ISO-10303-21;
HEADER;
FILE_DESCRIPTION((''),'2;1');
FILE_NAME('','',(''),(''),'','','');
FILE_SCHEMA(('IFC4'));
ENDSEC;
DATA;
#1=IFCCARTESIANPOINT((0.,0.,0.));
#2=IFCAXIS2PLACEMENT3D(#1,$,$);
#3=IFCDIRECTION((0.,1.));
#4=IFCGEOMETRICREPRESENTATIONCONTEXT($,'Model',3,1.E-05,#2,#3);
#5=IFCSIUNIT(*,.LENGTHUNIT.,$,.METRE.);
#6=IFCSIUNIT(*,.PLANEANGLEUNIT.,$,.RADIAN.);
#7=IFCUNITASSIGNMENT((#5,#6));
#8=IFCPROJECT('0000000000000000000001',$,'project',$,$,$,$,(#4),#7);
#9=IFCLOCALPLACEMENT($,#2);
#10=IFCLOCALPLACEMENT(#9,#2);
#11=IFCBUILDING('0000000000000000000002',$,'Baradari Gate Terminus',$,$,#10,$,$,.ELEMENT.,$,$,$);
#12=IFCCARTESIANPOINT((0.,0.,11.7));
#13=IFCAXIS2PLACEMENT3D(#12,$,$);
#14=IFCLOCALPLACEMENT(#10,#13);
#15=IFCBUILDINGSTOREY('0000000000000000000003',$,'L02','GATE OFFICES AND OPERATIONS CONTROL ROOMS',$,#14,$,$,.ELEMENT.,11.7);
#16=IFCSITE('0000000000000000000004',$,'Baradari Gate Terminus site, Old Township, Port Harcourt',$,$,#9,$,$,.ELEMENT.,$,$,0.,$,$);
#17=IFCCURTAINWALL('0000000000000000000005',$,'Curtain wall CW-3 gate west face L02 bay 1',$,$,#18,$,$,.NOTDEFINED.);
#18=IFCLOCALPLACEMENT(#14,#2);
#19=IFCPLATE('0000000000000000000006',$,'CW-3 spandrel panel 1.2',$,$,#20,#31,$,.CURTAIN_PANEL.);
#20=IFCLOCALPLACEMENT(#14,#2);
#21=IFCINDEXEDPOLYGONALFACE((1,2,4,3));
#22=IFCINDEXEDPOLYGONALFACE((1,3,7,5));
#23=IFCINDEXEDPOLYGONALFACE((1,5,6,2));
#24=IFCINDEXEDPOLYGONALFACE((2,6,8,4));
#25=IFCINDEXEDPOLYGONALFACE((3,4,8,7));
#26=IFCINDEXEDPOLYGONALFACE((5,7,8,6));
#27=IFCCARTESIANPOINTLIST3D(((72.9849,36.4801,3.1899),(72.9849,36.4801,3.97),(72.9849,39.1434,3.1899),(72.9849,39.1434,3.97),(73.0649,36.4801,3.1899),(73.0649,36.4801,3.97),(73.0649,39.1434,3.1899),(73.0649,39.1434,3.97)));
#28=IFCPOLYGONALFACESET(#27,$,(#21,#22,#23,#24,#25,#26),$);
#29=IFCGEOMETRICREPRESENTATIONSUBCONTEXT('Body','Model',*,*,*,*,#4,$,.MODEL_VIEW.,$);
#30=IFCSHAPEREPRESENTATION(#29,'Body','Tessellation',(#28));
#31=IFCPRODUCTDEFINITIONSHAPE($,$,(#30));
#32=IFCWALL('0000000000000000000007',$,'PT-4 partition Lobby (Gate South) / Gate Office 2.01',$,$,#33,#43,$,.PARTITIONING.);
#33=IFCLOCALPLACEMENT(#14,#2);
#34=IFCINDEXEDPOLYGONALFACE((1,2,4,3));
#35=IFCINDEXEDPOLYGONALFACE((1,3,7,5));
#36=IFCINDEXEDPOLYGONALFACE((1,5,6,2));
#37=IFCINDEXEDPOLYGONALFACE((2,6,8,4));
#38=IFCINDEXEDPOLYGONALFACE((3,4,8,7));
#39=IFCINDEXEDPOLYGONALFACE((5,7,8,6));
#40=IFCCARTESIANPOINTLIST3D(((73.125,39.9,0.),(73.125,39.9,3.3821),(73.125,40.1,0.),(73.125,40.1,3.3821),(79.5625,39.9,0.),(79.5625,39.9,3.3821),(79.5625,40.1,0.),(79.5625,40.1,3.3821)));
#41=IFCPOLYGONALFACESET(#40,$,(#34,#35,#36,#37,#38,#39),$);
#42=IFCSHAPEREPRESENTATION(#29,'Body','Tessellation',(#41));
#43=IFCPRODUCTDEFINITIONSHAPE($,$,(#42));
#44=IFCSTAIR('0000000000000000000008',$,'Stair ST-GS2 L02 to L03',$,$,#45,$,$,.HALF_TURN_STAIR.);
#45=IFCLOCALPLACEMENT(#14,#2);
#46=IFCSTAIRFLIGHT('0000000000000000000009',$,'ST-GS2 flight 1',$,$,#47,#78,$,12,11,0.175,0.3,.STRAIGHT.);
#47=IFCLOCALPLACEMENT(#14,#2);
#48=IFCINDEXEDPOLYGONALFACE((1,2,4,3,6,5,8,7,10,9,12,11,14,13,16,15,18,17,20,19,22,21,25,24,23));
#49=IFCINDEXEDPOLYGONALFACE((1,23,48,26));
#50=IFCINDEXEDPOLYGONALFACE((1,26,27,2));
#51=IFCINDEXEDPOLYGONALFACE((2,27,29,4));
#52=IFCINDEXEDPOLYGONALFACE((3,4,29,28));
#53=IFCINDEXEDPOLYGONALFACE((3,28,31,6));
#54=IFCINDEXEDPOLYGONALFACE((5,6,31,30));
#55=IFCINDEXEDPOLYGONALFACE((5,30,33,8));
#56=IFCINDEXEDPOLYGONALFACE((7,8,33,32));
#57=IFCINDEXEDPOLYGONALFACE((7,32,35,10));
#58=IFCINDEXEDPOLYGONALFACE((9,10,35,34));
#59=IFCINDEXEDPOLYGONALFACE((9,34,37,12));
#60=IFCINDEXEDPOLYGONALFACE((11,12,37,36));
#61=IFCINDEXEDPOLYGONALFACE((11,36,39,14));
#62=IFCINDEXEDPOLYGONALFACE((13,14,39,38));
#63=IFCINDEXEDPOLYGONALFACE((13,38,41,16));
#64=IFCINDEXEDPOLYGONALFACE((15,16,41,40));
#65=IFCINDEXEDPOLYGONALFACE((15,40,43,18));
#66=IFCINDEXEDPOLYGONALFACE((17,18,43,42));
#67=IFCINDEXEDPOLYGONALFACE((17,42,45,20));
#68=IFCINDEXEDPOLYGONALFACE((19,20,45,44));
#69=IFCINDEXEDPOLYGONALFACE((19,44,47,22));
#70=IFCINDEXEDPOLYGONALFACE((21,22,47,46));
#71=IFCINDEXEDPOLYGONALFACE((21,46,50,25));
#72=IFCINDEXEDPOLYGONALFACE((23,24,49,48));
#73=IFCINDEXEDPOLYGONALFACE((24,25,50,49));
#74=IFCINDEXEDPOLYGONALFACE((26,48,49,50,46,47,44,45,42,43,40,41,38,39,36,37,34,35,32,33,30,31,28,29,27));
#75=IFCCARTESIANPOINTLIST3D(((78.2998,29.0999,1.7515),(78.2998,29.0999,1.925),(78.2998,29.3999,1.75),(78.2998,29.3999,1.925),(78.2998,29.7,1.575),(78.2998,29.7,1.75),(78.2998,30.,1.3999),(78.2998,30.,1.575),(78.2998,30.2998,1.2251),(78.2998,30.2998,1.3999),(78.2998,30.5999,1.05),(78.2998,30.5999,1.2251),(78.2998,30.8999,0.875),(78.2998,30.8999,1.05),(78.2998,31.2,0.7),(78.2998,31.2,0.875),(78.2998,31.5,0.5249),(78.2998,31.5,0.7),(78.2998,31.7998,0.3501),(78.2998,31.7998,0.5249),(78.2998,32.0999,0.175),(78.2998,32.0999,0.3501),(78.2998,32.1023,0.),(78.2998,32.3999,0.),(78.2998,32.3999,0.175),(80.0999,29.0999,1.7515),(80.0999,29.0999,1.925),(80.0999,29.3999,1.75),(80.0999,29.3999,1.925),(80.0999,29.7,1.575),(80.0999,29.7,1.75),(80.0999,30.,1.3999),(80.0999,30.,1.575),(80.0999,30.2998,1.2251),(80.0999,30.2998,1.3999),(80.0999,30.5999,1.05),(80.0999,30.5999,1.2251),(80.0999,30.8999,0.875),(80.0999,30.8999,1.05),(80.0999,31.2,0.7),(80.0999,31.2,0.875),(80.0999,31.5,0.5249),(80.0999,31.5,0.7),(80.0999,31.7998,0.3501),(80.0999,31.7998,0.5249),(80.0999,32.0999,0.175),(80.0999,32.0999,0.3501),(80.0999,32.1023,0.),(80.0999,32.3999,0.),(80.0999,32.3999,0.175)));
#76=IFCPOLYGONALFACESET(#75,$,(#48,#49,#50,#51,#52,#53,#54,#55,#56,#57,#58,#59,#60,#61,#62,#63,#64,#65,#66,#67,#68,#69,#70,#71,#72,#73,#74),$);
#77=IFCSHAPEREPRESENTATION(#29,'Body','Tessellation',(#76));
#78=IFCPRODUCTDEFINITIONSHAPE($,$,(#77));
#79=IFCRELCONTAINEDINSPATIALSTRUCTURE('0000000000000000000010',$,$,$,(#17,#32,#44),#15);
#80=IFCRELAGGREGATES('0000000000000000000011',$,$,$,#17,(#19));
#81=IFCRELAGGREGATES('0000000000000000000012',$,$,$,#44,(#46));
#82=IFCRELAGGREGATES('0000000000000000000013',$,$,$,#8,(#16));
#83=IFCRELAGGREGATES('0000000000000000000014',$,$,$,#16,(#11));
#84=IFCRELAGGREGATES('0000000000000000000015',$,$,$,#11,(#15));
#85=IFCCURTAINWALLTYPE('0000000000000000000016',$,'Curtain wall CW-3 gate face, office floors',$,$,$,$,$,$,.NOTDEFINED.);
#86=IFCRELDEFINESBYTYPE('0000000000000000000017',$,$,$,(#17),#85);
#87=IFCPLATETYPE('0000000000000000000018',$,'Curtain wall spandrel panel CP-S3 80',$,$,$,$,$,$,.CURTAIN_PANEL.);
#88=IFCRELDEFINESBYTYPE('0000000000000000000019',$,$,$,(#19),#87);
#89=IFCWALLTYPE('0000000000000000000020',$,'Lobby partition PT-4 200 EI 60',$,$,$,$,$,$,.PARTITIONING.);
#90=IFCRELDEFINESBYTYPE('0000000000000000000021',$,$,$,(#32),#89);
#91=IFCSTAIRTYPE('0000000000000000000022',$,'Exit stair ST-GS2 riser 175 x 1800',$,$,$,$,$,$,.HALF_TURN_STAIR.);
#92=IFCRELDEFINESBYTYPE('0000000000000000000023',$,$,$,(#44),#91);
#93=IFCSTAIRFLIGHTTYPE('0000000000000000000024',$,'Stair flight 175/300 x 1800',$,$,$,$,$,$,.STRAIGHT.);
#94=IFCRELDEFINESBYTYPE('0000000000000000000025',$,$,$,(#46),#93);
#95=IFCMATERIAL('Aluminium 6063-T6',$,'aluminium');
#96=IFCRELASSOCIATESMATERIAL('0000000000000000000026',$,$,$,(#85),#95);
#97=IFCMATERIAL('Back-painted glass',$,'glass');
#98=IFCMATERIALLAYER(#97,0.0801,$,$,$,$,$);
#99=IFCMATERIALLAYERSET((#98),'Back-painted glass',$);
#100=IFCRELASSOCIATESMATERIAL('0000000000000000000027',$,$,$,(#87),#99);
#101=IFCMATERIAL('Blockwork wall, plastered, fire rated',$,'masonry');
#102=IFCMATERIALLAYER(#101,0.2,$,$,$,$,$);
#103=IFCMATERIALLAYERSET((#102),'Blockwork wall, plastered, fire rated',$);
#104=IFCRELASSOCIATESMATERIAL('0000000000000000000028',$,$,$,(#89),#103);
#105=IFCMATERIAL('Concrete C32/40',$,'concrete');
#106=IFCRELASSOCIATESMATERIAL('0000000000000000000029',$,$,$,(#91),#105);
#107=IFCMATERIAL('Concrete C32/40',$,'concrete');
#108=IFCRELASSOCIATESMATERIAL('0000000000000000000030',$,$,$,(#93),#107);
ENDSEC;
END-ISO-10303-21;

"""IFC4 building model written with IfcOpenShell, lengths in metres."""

from ifc_helpers import new_model, si_unit, direction, frame, frame_2d, origin, origin_2d, place, context, subcontext, project, spatial, polyline, rectangle, outline, extrude, material, layer, layer_set, type_object, element, aggregate, save


model = new_model("IFC4")

# Units and contexts
model_context = context("Model", 3, precision=1e-05, world=origin(), true_north=direction((0.0, 1.0)))
body_context = subcontext(model_context, "Body", "Model", "MODEL_VIEW")
ifc_project = project(units=[si_unit("LENGTHUNIT", "METRE"), si_unit("PLANEANGLEUNIT", "RADIAN")], contexts=[model_context])

# Site, building, storey
site_placement = place(None, origin())
site = spatial("IfcSite", under=ifc_project, at=site_placement, Name="Baradari Gate Terminus site, Old Township, Port Harcourt", CompositionType="ELEMENT", RefElevation=0.0)
building_placement = place(site_placement, origin())
building = spatial("IfcBuilding", under=site, at=building_placement, Name="Baradari Gate Terminus", CompositionType="ELEMENT")
storey_placement = place(building_placement, frame((0.0, 0.0, 11.7)))
storey = spatial("IfcBuildingStorey", under=building, at=storey_placement, Name="L02", Description="GATE OFFICES AND OPERATIONS CONTROL ROOMS", CompositionType="ELEMENT", Elevation=11.7)

# Curtain wall
ifc_material_1 = material(Name="Aluminium 6063-T6", Category="aluminium")
curtain_wall_type = type_object("IfcCurtainWallType", Name="Curtain wall CW-3 gate face, office floors", PredefinedType="NOTDEFINED", material=ifc_material_1)
curtain_wall_placement = place(storey_placement, origin())
curtain_wall = element("IfcCurtainWall", 1, at=curtain_wall_placement, inside=storey, type_object=curtain_wall_type, Name="Curtain wall CW-3 gate west face L02 bay 1", PredefinedType="NOTDEFINED")

# Plate
ifc_material_2 = material(Name="Back-painted glass", Category="glass")
ifc_layer_1 = layer(ifc_material_2, 0.0801)
ifc_layer_set_1 = layer_set([ifc_layer_1], Name="Back-painted glass")
plate_type_1 = type_object("IfcPlateType", Name="Curtain wall spandrel panel CP-S3 80", PredefinedType="CURTAIN_PANEL", material=ifc_layer_set_1)
plate_1_placement = place(storey_placement, frame((73.0249, 37.8118, 3.1899), z_axis=(0.0, 0.0, 1.0), x_axis=(0.0, 1.0, 0.0)))
plate_1 = element("IfcPlate", 2, at=plate_1_placement, type_object=plate_type_1, Name="CW-3 spandrel panel 1.2", PredefinedType="CURTAIN_PANEL", context=body_context, shape_type="SweptSolid", body=[
    extrude(rectangle(XDim=2.6633, YDim=0.0801, at=origin_2d()), origin(), (0.0, 0.0, 1.0), 0.78),
])
aggregate(curtain_wall, [plate_1])

# Wall
ifc_material_3 = material(Name="Blockwork wall, plastered, fire rated", Category="masonry")
ifc_layer_2 = layer(ifc_material_3, 0.2)
ifc_layer_set_2 = layer_set([ifc_layer_2], Name="Blockwork wall, plastered, fire rated")
wall_type_1 = type_object("IfcWallType", Name="Lobby partition PT-4 200 EI 60", PredefinedType="PARTITIONING", material=ifc_layer_set_2)
wall_1_placement = place(storey_placement, frame((73.125, 40.0, 0.0), z_axis=(0.0, 0.0, 1.0), x_axis=(1.0, 0.0, 0.0)))
element("IfcWall", 3, at=wall_1_placement, inside=storey, type_object=wall_type_1, Name="PT-4 partition Lobby (Gate South) / Gate Office 2.01", PredefinedType="PARTITIONING", context=body_context, shape_type="SweptSolid", body=[
    extrude(rectangle(XDim=6.4375, YDim=0.2, at=frame_2d((3.2188, 0.0))), origin(), (0.0, 0.0, 1.0), 3.3821),
])

# Stair, stair flight
ifc_material_4 = material(Name="Concrete C32/40", Category="concrete")
stair_type = type_object("IfcStairType", Name="Exit stair ST-GS2 riser 175 x 1800", PredefinedType="HALF_TURN_STAIR", material=ifc_material_4)
stair_placement = place(storey_placement, origin())
stair = element("IfcStair", 4, at=stair_placement, inside=storey, type_object=stair_type, Name="Stair ST-GS2 L02 to L03", PredefinedType="HALF_TURN_STAIR")
ifc_material_5 = material(Name="Concrete C32/40", Category="concrete")
stair_flight_type = type_object("IfcStairFlightType", Name="Stair flight 175/300 x 1800", PredefinedType="STRAIGHT", material=ifc_material_5)
stair_flight_placement = place(storey_placement, frame((79.2, 32.3999, 0.0), z_axis=(0.0, 0.0, 1.0), x_axis=(0.0, -1.0, 0.0)))
stair_flight = element("IfcStairFlight", 5, at=stair_flight_placement, type_object=stair_flight_type, Name="ST-GS2 flight 1", NumberOfRisers=12, NumberOfTreads=11, PredefinedType="STRAIGHT", RiserHeight=0.175, TreadLength=0.3, context=body_context, shape_type="SweptSolid", body=[
    extrude(outline(polyline([(0.0, 0.0), (0.0, 0.175), (0.3, 0.175), (0.3, 0.3501), (0.6001, 0.3501), (0.6001, 0.5249), (0.8999, 0.5249), (0.8999, 0.7), (1.2, 0.7), (1.2, 0.875), (1.5, 0.875), (1.5, 1.05), (1.8, 1.05), (1.8, 1.2251), (2.1001, 1.2251), (2.1001, 1.3999), (2.3999, 1.3999), (2.3999, 1.575), (2.7, 1.575), (2.7, 1.75), (3.0, 1.75), (3.0, 1.925), (3.3, 1.925), (3.3, 2.1001), (3.3, 1.7515), (0.2976, 0.0), (0.0, 0.0)])), frame((0.0, 0.8999, 0.0), z_axis=(0.0, -1.0, 0.0), x_axis=(1.0, 0.0, 0.0)), (0.0, 0.0, 1.0), 1.8),
])
aggregate(stair, [stair_flight])

save(model, "model.ifc")
